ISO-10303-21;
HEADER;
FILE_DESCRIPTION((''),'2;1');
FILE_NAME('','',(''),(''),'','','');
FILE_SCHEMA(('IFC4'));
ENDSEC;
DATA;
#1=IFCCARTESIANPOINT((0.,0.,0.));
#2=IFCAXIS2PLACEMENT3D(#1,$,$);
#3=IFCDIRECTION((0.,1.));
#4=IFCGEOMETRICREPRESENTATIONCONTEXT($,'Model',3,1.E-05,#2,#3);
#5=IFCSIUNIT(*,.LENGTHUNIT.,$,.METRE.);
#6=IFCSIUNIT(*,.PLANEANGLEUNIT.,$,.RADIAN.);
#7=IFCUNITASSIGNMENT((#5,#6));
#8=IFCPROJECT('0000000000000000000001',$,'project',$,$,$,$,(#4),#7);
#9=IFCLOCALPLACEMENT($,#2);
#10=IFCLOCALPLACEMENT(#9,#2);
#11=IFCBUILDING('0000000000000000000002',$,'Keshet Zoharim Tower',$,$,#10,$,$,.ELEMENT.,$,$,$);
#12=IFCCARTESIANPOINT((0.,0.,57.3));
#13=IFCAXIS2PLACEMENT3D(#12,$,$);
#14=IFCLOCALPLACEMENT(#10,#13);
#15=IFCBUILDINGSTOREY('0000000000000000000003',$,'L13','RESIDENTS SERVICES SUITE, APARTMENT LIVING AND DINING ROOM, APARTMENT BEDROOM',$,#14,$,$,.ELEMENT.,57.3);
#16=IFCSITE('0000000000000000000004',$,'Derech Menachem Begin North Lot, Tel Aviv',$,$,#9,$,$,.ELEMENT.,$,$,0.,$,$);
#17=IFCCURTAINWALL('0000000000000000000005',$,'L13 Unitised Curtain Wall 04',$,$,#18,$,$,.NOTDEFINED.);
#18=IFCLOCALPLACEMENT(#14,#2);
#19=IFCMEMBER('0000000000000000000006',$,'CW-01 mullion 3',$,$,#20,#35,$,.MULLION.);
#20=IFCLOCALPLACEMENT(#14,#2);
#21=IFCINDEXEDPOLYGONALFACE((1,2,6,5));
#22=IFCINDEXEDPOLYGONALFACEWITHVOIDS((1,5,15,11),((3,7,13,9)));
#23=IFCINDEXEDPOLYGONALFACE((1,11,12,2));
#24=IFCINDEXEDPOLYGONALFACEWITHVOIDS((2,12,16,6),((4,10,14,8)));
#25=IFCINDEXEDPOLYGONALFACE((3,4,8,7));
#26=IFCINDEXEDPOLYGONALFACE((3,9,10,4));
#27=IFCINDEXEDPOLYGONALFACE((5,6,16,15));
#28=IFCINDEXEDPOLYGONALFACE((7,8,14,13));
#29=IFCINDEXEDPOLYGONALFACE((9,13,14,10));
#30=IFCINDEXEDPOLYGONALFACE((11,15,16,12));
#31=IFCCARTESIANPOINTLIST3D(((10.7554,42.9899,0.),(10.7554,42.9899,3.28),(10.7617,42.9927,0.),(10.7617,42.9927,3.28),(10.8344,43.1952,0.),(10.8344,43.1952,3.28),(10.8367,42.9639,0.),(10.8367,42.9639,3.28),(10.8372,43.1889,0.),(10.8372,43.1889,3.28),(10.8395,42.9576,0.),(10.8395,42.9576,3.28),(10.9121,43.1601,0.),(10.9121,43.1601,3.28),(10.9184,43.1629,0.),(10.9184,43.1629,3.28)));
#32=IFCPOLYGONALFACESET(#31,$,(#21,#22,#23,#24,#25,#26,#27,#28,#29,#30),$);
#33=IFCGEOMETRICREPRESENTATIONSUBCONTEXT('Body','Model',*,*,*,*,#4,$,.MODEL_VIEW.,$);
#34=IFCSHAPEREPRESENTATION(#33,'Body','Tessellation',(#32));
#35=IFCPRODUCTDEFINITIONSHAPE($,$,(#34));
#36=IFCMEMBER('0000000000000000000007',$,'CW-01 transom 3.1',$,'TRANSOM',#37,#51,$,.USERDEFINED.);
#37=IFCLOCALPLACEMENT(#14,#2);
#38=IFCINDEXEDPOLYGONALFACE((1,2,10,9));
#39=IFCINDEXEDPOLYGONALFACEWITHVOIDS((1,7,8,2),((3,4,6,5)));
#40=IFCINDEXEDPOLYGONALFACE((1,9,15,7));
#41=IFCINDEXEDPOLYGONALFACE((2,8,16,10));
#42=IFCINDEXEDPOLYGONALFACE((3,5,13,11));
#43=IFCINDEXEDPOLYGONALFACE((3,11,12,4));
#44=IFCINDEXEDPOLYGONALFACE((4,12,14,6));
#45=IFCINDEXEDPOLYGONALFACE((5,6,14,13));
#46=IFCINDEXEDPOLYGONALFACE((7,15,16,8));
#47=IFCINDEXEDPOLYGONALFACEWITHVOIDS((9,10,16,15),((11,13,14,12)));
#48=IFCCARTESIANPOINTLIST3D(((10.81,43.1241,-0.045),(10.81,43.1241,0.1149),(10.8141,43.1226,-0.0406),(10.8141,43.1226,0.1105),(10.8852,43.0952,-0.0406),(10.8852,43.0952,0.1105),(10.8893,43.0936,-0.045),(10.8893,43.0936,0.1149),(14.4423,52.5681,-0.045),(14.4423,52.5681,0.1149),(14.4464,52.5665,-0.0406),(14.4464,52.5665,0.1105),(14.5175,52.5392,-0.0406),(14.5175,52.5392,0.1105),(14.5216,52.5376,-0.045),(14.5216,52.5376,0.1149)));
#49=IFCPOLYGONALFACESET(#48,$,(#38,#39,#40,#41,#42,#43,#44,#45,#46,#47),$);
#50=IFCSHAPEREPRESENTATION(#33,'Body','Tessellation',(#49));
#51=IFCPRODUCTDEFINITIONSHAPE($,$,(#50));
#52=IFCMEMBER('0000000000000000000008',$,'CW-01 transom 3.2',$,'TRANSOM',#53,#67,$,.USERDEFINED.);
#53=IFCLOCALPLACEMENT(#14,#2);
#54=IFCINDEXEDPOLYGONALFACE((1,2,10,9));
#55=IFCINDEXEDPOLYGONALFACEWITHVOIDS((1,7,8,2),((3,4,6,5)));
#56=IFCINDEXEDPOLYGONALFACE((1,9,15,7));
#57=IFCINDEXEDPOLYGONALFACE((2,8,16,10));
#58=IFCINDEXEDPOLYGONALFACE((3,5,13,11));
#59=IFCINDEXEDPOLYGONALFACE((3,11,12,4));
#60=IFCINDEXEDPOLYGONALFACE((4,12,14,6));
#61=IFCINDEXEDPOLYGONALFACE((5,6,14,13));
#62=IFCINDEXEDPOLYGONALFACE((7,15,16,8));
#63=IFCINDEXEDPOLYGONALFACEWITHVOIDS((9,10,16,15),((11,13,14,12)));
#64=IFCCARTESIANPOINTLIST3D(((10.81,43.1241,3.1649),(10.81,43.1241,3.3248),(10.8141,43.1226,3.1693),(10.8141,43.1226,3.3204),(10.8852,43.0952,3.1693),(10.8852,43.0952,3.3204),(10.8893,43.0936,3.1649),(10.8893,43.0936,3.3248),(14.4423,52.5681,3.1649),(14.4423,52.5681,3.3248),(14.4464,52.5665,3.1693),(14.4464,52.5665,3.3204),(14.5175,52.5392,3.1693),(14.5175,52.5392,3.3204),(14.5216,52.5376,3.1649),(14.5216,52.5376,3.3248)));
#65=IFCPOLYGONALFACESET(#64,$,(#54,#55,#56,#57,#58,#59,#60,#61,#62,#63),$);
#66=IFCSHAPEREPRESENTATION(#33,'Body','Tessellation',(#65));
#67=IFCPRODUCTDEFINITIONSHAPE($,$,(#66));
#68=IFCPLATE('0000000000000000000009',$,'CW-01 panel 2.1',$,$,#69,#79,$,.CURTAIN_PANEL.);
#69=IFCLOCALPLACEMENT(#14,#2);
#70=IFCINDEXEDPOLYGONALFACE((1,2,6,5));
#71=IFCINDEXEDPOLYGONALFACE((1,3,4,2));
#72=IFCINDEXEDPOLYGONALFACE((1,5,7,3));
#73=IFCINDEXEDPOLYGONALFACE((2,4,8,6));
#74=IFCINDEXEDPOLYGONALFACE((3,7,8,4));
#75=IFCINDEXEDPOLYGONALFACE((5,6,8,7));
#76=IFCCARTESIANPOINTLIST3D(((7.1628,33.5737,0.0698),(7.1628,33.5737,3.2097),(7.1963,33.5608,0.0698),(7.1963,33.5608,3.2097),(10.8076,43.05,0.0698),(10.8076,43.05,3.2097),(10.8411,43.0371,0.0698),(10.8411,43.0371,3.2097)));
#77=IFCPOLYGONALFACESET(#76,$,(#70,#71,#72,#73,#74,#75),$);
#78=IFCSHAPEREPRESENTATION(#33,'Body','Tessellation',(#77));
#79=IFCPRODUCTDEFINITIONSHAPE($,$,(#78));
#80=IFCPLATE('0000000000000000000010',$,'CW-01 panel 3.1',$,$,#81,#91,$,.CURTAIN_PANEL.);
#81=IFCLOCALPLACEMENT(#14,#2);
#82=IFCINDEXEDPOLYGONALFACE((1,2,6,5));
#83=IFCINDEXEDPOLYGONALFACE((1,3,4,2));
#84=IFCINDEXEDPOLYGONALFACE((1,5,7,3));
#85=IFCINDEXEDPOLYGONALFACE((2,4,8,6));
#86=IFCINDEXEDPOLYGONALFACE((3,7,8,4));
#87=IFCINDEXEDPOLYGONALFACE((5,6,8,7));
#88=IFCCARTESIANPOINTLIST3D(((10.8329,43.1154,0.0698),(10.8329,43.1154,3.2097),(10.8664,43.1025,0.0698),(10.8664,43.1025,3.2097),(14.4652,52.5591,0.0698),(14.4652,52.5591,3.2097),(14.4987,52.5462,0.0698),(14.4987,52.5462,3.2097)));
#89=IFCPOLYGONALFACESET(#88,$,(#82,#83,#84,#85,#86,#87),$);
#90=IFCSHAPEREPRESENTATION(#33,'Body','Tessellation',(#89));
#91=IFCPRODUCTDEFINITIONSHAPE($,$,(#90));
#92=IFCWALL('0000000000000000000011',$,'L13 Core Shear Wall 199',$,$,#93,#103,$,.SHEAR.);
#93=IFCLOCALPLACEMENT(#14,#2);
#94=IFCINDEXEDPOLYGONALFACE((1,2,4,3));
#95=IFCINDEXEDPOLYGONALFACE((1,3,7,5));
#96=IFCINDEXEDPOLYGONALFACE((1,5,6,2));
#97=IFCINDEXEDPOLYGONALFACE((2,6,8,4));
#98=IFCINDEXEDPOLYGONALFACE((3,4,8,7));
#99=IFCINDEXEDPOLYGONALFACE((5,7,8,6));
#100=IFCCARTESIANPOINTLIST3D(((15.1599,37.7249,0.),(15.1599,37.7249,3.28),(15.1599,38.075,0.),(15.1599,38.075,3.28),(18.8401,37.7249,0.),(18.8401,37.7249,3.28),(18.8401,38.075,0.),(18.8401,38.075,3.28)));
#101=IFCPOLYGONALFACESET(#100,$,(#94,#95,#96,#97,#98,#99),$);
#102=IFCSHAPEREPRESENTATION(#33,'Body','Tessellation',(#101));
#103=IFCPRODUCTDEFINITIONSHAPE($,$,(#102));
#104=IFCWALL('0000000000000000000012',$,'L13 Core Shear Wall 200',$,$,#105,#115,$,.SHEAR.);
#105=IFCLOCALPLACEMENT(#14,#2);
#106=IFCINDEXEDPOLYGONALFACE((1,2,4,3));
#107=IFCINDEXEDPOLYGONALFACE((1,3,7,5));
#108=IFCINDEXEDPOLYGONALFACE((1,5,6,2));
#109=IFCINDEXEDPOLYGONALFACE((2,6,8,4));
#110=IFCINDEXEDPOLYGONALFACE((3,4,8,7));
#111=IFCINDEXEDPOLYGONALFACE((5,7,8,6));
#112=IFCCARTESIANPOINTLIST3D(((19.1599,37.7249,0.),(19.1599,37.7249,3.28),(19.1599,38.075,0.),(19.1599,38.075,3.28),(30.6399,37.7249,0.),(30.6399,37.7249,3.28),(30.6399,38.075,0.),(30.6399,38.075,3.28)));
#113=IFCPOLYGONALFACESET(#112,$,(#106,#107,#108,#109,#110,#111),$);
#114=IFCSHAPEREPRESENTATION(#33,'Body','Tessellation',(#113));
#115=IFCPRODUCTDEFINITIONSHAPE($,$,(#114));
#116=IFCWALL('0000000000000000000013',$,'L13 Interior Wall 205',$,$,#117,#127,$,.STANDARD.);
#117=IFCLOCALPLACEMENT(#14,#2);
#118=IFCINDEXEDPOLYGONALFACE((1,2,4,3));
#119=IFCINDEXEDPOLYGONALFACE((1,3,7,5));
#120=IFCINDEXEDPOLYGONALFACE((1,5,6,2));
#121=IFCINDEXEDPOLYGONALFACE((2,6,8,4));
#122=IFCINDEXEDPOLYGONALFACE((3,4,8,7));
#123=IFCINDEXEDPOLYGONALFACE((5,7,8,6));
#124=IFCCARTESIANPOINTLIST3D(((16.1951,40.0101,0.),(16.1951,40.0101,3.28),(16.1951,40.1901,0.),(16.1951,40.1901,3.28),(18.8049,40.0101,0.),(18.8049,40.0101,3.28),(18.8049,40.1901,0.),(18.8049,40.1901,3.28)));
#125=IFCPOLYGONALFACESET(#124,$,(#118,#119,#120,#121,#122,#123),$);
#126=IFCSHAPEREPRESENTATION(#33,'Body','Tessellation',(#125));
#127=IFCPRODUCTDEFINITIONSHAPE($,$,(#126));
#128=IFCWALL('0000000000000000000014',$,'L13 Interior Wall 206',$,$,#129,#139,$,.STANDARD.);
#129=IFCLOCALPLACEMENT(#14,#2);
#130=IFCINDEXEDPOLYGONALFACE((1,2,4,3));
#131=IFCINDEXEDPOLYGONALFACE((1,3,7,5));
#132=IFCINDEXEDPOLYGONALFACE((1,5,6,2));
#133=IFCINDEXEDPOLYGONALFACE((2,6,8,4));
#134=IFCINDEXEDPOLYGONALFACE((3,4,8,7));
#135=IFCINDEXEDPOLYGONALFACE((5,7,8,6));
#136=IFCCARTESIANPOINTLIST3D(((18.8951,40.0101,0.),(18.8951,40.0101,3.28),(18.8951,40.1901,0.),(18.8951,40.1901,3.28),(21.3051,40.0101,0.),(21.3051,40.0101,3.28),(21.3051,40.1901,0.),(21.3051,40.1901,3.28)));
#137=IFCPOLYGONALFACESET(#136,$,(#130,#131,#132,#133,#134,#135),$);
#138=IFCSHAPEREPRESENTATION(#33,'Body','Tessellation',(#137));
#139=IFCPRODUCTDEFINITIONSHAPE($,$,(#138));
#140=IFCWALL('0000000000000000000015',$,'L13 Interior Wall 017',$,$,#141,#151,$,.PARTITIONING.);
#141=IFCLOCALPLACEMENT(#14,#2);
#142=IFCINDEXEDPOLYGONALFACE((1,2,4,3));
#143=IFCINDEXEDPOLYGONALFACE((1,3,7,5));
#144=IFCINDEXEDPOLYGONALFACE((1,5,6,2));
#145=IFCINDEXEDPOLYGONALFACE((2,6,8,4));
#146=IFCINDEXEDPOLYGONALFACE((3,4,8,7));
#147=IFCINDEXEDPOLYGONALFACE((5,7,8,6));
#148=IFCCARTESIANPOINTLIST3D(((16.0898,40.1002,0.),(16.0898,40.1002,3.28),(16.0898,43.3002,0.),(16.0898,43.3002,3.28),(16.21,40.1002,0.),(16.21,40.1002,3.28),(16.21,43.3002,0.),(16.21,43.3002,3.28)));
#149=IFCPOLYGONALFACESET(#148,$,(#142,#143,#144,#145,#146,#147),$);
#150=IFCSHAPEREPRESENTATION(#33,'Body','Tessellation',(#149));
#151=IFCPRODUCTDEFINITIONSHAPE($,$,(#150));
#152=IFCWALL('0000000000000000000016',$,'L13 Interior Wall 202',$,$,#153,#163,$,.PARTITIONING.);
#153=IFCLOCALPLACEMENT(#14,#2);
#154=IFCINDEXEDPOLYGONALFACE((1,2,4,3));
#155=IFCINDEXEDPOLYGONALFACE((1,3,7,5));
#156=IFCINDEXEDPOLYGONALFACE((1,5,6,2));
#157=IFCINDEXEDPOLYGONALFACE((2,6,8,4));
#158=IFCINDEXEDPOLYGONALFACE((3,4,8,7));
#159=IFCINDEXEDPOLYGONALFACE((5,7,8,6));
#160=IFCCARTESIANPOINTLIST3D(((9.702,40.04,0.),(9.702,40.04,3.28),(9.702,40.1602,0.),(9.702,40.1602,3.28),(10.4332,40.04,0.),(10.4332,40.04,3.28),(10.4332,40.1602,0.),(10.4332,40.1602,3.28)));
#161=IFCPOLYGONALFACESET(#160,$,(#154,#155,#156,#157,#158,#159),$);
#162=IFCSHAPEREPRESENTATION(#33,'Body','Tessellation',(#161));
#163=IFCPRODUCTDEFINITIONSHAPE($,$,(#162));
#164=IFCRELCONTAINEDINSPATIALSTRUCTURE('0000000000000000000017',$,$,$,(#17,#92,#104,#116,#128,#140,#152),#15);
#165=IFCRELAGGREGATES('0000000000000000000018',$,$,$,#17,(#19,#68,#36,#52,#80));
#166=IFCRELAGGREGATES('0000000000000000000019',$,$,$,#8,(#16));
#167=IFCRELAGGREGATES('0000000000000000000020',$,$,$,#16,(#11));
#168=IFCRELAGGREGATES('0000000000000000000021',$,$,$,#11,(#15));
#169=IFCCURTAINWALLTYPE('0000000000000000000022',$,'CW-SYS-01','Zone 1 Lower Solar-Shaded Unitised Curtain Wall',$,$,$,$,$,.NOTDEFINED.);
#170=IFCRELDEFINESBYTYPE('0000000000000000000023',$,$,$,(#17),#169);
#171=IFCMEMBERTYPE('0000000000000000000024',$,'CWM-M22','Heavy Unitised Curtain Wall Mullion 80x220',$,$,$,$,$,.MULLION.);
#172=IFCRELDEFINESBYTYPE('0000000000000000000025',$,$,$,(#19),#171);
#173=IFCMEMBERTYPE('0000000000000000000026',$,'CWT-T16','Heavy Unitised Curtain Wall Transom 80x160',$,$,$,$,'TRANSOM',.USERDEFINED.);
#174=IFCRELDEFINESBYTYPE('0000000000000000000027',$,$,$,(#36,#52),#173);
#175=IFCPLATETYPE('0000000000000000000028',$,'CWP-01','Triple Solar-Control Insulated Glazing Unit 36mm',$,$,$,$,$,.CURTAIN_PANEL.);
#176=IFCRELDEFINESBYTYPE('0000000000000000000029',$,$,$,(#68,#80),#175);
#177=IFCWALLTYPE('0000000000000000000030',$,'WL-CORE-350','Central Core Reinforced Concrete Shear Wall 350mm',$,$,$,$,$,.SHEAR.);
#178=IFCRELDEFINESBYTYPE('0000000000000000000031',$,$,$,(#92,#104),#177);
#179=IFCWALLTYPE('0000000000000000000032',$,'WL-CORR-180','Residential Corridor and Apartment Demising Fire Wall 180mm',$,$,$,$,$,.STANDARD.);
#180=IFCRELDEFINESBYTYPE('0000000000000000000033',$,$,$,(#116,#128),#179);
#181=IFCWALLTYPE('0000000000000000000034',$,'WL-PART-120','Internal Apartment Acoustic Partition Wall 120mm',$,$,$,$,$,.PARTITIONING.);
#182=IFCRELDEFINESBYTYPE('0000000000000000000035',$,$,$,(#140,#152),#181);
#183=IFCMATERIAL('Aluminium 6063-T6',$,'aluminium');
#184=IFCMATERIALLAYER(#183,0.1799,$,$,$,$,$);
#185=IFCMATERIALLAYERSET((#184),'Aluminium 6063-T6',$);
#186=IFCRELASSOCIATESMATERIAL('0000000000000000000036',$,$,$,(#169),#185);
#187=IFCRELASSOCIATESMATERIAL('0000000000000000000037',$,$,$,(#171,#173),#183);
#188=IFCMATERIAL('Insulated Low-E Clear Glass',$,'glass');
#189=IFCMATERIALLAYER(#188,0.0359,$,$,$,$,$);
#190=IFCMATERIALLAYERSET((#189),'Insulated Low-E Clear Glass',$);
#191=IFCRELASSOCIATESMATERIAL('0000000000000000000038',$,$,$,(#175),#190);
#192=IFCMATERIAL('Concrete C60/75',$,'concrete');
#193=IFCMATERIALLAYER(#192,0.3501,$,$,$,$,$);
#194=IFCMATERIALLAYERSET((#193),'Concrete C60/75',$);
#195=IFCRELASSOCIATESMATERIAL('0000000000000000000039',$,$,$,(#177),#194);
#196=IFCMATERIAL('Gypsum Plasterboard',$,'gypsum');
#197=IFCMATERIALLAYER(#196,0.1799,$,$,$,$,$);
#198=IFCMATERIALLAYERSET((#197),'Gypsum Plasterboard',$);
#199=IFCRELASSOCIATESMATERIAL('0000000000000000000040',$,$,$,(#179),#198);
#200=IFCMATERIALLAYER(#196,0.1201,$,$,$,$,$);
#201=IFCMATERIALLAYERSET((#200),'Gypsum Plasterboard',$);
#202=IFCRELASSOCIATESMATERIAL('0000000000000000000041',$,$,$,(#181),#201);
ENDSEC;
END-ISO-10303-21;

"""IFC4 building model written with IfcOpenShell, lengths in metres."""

from ifc_helpers import new_model, si_unit, direction, frame, frame_2d, origin, origin_2d, place, context, subcontext, project, spatial, rectangle, hollow_rectangle, extrude, material, layer, layer_set, material_profile, profile_set, type_object, element, aggregate, save


model = new_model("IFC4")

# Units and contexts
model_context = context("Model", 3, precision=1e-05, world=origin(), true_north=direction((0.0, 1.0)))
body_context = subcontext(model_context, "Body", "Model", "MODEL_VIEW")
ifc_project = project(units=[si_unit("LENGTHUNIT", "METRE"), si_unit("PLANEANGLEUNIT", "RADIAN")], contexts=[model_context])

# Site, building, storey
site_placement = place(None, origin())
site = spatial("IfcSite", under=ifc_project, at=site_placement, Name="Derech Menachem Begin North Lot, Tel Aviv", CompositionType="ELEMENT", RefElevation=0.0)
building_placement = place(site_placement, origin())
building = spatial("IfcBuilding", under=site, at=building_placement, Name="Keshet Zoharim Tower", CompositionType="ELEMENT")
storey_placement = place(building_placement, frame((0.0, 0.0, 57.3)))
storey = spatial("IfcBuildingStorey", under=building, at=storey_placement, Name="L13", Description="RESIDENTS SERVICES SUITE, APARTMENT LIVING AND DINING ROOM, APARTMENT BEDROOM", CompositionType="ELEMENT", Elevation=57.3)

# Curtain wall, members, plates
ifc_material_1 = material(Name="Aluminium 6063-T6", Category="aluminium")
ifc_layer_1 = layer(ifc_material_1, 0.1799)
ifc_layer_set_1 = layer_set([ifc_layer_1], Name="Aluminium 6063-T6")
curtain_wall_type = type_object("IfcCurtainWallType", Name="CW-SYS-01", Description="Zone 1 Lower Solar-Shaded Unitised Curtain Wall", PredefinedType="NOTDEFINED", material=ifc_layer_set_1)
curtain_wall_placement = place(storey_placement, origin())
curtain_wall = element("IfcCurtainWall", 1, at=curtain_wall_placement, inside=storey, type_object=curtain_wall_type, Name="L13 Unitised Curtain Wall 04", PredefinedType="NOTDEFINED")
ifc_material_profile_1 = material_profile(ifc_material_1, hollow_rectangle(XDim=0.0901, YDim=0.22, WallThickness=0.0049, at=origin_2d()), Name="MUL-90x220")
ifc_profile_set_1 = profile_set([ifc_material_profile_1], Name="Aluminium 6063-T6")
member_type_1 = type_object("IfcMemberType", Name="CWM-M22", Description="Heavy Unitised Curtain Wall Mullion 80x220", PredefinedType="MULLION", material=ifc_profile_set_1)
member_1_placement = place(storey_placement, frame((10.8369, 43.0764, 0.0), z_axis=(0.0, 0.0, 1.0), x_axis=(-0.933341, 0.35899, 0.0)))
member_1 = element("IfcMember", 2, at=member_1_placement, type_object=member_type_1, Name="CW-01 mullion 3", PredefinedType="MULLION", context=body_context, shape_type="SweptSolid", body=[
    extrude(hollow_rectangle(XDim=0.0901, YDim=0.22, WallThickness=0.0049, at=origin_2d()), origin(), (0.0, 0.0, 1.0), 3.28),
])
ifc_material_profile_2 = material_profile(ifc_material_1, hollow_rectangle(XDim=0.085, YDim=0.1599, WallThickness=0.0044, at=origin_2d()), Name="TRN-85x160")
ifc_profile_set_2 = profile_set([ifc_material_profile_2], Name="Aluminium 6063-T6")
member_type_2 = type_object("IfcMemberType", Name="CWT-T16", Description="Heavy Unitised Curtain Wall Transom 80x160", ElementType="TRANSOM", PredefinedType="USERDEFINED", material=ifc_profile_set_2)
member_2_placement = place(storey_placement, frame((10.8496, 43.1089, 0.0349), z_axis=(0.358986, 0.933343, 0.0), x_axis=(-0.933343, 0.358986, 0.0)))
member_2 = element("IfcMember", 3, at=member_2_placement, type_object=member_type_2, Name="CW-01 transom 3.1", ObjectType="TRANSOM", PredefinedType="USERDEFINED", context=body_context, shape_type="SweptSolid", body=[
    extrude(hollow_rectangle(XDim=0.085, YDim=0.1599, WallThickness=0.0044, at=origin_2d()), origin(), (0.0, 0.0, 1.0), 10.1184),
])
member_3_placement = place(storey_placement, frame((10.8496, 43.1089, 3.2449), z_axis=(0.358986, 0.933343, 0.0), x_axis=(-0.933343, 0.358986, 0.0)))
member_3 = element("IfcMember", 4, at=member_3_placement, type_object=member_type_2, Name="CW-01 transom 3.2", ObjectType="TRANSOM", PredefinedType="USERDEFINED", context=body_context, shape_type="SweptSolid", body=[
    extrude(hollow_rectangle(XDim=0.085, YDim=0.1599, WallThickness=0.0044, at=origin_2d()), origin(), (0.0, 0.0, 1.0), 10.1184),
])
ifc_material_2 = material(Name="Insulated Low-E Clear Glass", Category="glass")
ifc_layer_2 = layer(ifc_material_2, 0.0359)
ifc_layer_set_2 = layer_set([ifc_layer_2], Name="Insulated Low-E Clear Glass")
plate_type = type_object("IfcPlateType", Name="CWP-01", Description="Triple Solar-Control Insulated Glazing Unit 36mm", PredefinedType="CURTAIN_PANEL", material=ifc_layer_set_2)
plate_1_placement = place(storey_placement, frame((9.002, 38.3054, 0.0698), z_axis=(0.0, 0.0, 1.0), x_axis=(0.35899, 0.933341, 0.0)))
plate_1 = element("IfcPlate", 5, at=plate_1_placement, type_object=plate_type, Name="CW-01 panel 2.1", PredefinedType="CURTAIN_PANEL", context=body_context, shape_type="SweptSolid", body=[
    extrude(rectangle(XDim=10.1531, YDim=0.0359, at=origin_2d()), origin(), (0.0, 0.0, 1.0), 3.1399),
])
plate_2_placement = place(storey_placement, frame((12.6658, 47.8308, 0.0698), z_axis=(0.0, 0.0, 1.0), x_axis=(0.35899, 0.933341, 0.0)))
plate_2 = element("IfcPlate", 6, at=plate_2_placement, type_object=plate_type, Name="CW-01 panel 3.1", PredefinedType="CURTAIN_PANEL", context=body_context, shape_type="SweptSolid", body=[
    extrude(rectangle(XDim=10.1182, YDim=0.0359, at=origin_2d()), origin(), (0.0, 0.0, 1.0), 3.1399),
])
aggregate(curtain_wall, [member_1, plate_1, member_2, member_3, plate_2])

# Walls
ifc_material_3 = material(Name="Concrete C60/75", Category="concrete")
ifc_layer_3 = layer(ifc_material_3, 0.3501)
ifc_layer_set_3 = layer_set([ifc_layer_3], Name="Concrete C60/75")
wall_type_1 = type_object("IfcWallType", Name="WL-CORE-350", Description="Central Core Reinforced Concrete Shear Wall 350mm", PredefinedType="SHEAR", material=ifc_layer_set_3)
wall_1_placement = place(storey_placement, frame((15.1599, 37.8999, 0.0), z_axis=(0.0, 0.0, 1.0), x_axis=(1.0, 0.0, 0.0)))
element("IfcWall", 7, at=wall_1_placement, inside=storey, type_object=wall_type_1, Name="L13 Core Shear Wall 199", PredefinedType="SHEAR", context=body_context, shape_type="SweptSolid", body=[
    extrude(rectangle(XDim=3.6802, YDim=0.3501, at=frame_2d((1.8401, 0.0))), origin(), (0.0, 0.0, 1.0), 3.28),
])
wall_2_placement = place(storey_placement, frame((19.1599, 37.8999, 0.0), z_axis=(0.0, 0.0, 1.0), x_axis=(1.0, 0.0, 0.0)))
element("IfcWall", 8, at=wall_2_placement, inside=storey, type_object=wall_type_1, Name="L13 Core Shear Wall 200", PredefinedType="SHEAR", context=body_context, shape_type="SweptSolid", body=[
    extrude(rectangle(XDim=11.48, YDim=0.3501, at=frame_2d((5.74, 0.0))), origin(), (0.0, 0.0, 1.0), 3.28),
])

# Shared definitions
ifc_material_4 = material(Name="Gypsum Plasterboard", Category="gypsum")
ifc_layer_4 = layer(ifc_material_4, 0.1799)
ifc_layer_set_4 = layer_set([ifc_layer_4], Name="Gypsum Plasterboard")
wall_type_2 = type_object("IfcWallType", Name="WL-CORR-180", Description="Residential Corridor and Apartment Demising Fire Wall 180mm", PredefinedType="STANDARD", material=ifc_layer_set_4)

# Walls
wall_3_placement = place(storey_placement, frame((16.1951, 40.1001, 0.0), z_axis=(0.0, 0.0, 1.0), x_axis=(1.0, 0.0, 0.0)))
element("IfcWall", 9, at=wall_3_placement, inside=storey, type_object=wall_type_2, Name="L13 Interior Wall 205", PredefinedType="STANDARD", context=body_context, shape_type="SweptSolid", body=[
    extrude(rectangle(XDim=2.6099, YDim=0.1799, at=frame_2d((1.3049, 0.0))), origin(), (0.0, 0.0, 1.0), 3.28),
])
wall_4_placement = place(storey_placement, frame((18.895, 40.1001, 0.0), z_axis=(0.0, 0.0, 1.0), x_axis=(1.0, 0.0, 0.0)))
element("IfcWall", 10, at=wall_4_placement, inside=storey, type_object=wall_type_2, Name="L13 Interior Wall 206", PredefinedType="STANDARD", context=body_context, shape_type="SweptSolid", body=[
    extrude(rectangle(XDim=2.4099, YDim=0.1799, at=frame_2d((1.2051, 0.0))), origin(), (0.0, 0.0, 1.0), 3.28),
])
ifc_layer_5 = layer(ifc_material_4, 0.1201)
ifc_layer_set_5 = layer_set([ifc_layer_5], Name="Gypsum Plasterboard")
wall_type_3 = type_object("IfcWallType", Name="WL-PART-120", Description="Internal Apartment Acoustic Partition Wall 120mm", PredefinedType="PARTITIONING", material=ifc_layer_set_5)
wall_5_placement = place(storey_placement, frame((16.1499, 40.1001, 0.0), z_axis=(0.0, 0.0, 1.0), x_axis=(0.0, 1.0, 0.0)))
element("IfcWall", 11, at=wall_5_placement, inside=storey, type_object=wall_type_3, Name="L13 Interior Wall 017", PredefinedType="PARTITIONING", context=body_context, shape_type="SweptSolid", body=[
    extrude(rectangle(XDim=3.2, YDim=0.1201, at=frame_2d((1.6001, 0.0))), origin(), (0.0, 0.0, 1.0), 3.28),
])

# Wall
wall_6_placement = place(storey_placement, frame((9.7019, 40.1001, 0.0), z_axis=(0.0, 0.0, 1.0), x_axis=(1.0, 0.0, 0.0)))
element("IfcWall", 12, at=wall_6_placement, inside=storey, type_object=wall_type_3, Name="L13 Interior Wall 202", PredefinedType="PARTITIONING", context=body_context, shape_type="SweptSolid", body=[
    extrude(rectangle(XDim=0.7312, YDim=0.1201, at=frame_2d((0.3657, 0.0))), origin(), (0.0, 0.0, 1.0), 3.28),
])

save(model, "model.ifc")
